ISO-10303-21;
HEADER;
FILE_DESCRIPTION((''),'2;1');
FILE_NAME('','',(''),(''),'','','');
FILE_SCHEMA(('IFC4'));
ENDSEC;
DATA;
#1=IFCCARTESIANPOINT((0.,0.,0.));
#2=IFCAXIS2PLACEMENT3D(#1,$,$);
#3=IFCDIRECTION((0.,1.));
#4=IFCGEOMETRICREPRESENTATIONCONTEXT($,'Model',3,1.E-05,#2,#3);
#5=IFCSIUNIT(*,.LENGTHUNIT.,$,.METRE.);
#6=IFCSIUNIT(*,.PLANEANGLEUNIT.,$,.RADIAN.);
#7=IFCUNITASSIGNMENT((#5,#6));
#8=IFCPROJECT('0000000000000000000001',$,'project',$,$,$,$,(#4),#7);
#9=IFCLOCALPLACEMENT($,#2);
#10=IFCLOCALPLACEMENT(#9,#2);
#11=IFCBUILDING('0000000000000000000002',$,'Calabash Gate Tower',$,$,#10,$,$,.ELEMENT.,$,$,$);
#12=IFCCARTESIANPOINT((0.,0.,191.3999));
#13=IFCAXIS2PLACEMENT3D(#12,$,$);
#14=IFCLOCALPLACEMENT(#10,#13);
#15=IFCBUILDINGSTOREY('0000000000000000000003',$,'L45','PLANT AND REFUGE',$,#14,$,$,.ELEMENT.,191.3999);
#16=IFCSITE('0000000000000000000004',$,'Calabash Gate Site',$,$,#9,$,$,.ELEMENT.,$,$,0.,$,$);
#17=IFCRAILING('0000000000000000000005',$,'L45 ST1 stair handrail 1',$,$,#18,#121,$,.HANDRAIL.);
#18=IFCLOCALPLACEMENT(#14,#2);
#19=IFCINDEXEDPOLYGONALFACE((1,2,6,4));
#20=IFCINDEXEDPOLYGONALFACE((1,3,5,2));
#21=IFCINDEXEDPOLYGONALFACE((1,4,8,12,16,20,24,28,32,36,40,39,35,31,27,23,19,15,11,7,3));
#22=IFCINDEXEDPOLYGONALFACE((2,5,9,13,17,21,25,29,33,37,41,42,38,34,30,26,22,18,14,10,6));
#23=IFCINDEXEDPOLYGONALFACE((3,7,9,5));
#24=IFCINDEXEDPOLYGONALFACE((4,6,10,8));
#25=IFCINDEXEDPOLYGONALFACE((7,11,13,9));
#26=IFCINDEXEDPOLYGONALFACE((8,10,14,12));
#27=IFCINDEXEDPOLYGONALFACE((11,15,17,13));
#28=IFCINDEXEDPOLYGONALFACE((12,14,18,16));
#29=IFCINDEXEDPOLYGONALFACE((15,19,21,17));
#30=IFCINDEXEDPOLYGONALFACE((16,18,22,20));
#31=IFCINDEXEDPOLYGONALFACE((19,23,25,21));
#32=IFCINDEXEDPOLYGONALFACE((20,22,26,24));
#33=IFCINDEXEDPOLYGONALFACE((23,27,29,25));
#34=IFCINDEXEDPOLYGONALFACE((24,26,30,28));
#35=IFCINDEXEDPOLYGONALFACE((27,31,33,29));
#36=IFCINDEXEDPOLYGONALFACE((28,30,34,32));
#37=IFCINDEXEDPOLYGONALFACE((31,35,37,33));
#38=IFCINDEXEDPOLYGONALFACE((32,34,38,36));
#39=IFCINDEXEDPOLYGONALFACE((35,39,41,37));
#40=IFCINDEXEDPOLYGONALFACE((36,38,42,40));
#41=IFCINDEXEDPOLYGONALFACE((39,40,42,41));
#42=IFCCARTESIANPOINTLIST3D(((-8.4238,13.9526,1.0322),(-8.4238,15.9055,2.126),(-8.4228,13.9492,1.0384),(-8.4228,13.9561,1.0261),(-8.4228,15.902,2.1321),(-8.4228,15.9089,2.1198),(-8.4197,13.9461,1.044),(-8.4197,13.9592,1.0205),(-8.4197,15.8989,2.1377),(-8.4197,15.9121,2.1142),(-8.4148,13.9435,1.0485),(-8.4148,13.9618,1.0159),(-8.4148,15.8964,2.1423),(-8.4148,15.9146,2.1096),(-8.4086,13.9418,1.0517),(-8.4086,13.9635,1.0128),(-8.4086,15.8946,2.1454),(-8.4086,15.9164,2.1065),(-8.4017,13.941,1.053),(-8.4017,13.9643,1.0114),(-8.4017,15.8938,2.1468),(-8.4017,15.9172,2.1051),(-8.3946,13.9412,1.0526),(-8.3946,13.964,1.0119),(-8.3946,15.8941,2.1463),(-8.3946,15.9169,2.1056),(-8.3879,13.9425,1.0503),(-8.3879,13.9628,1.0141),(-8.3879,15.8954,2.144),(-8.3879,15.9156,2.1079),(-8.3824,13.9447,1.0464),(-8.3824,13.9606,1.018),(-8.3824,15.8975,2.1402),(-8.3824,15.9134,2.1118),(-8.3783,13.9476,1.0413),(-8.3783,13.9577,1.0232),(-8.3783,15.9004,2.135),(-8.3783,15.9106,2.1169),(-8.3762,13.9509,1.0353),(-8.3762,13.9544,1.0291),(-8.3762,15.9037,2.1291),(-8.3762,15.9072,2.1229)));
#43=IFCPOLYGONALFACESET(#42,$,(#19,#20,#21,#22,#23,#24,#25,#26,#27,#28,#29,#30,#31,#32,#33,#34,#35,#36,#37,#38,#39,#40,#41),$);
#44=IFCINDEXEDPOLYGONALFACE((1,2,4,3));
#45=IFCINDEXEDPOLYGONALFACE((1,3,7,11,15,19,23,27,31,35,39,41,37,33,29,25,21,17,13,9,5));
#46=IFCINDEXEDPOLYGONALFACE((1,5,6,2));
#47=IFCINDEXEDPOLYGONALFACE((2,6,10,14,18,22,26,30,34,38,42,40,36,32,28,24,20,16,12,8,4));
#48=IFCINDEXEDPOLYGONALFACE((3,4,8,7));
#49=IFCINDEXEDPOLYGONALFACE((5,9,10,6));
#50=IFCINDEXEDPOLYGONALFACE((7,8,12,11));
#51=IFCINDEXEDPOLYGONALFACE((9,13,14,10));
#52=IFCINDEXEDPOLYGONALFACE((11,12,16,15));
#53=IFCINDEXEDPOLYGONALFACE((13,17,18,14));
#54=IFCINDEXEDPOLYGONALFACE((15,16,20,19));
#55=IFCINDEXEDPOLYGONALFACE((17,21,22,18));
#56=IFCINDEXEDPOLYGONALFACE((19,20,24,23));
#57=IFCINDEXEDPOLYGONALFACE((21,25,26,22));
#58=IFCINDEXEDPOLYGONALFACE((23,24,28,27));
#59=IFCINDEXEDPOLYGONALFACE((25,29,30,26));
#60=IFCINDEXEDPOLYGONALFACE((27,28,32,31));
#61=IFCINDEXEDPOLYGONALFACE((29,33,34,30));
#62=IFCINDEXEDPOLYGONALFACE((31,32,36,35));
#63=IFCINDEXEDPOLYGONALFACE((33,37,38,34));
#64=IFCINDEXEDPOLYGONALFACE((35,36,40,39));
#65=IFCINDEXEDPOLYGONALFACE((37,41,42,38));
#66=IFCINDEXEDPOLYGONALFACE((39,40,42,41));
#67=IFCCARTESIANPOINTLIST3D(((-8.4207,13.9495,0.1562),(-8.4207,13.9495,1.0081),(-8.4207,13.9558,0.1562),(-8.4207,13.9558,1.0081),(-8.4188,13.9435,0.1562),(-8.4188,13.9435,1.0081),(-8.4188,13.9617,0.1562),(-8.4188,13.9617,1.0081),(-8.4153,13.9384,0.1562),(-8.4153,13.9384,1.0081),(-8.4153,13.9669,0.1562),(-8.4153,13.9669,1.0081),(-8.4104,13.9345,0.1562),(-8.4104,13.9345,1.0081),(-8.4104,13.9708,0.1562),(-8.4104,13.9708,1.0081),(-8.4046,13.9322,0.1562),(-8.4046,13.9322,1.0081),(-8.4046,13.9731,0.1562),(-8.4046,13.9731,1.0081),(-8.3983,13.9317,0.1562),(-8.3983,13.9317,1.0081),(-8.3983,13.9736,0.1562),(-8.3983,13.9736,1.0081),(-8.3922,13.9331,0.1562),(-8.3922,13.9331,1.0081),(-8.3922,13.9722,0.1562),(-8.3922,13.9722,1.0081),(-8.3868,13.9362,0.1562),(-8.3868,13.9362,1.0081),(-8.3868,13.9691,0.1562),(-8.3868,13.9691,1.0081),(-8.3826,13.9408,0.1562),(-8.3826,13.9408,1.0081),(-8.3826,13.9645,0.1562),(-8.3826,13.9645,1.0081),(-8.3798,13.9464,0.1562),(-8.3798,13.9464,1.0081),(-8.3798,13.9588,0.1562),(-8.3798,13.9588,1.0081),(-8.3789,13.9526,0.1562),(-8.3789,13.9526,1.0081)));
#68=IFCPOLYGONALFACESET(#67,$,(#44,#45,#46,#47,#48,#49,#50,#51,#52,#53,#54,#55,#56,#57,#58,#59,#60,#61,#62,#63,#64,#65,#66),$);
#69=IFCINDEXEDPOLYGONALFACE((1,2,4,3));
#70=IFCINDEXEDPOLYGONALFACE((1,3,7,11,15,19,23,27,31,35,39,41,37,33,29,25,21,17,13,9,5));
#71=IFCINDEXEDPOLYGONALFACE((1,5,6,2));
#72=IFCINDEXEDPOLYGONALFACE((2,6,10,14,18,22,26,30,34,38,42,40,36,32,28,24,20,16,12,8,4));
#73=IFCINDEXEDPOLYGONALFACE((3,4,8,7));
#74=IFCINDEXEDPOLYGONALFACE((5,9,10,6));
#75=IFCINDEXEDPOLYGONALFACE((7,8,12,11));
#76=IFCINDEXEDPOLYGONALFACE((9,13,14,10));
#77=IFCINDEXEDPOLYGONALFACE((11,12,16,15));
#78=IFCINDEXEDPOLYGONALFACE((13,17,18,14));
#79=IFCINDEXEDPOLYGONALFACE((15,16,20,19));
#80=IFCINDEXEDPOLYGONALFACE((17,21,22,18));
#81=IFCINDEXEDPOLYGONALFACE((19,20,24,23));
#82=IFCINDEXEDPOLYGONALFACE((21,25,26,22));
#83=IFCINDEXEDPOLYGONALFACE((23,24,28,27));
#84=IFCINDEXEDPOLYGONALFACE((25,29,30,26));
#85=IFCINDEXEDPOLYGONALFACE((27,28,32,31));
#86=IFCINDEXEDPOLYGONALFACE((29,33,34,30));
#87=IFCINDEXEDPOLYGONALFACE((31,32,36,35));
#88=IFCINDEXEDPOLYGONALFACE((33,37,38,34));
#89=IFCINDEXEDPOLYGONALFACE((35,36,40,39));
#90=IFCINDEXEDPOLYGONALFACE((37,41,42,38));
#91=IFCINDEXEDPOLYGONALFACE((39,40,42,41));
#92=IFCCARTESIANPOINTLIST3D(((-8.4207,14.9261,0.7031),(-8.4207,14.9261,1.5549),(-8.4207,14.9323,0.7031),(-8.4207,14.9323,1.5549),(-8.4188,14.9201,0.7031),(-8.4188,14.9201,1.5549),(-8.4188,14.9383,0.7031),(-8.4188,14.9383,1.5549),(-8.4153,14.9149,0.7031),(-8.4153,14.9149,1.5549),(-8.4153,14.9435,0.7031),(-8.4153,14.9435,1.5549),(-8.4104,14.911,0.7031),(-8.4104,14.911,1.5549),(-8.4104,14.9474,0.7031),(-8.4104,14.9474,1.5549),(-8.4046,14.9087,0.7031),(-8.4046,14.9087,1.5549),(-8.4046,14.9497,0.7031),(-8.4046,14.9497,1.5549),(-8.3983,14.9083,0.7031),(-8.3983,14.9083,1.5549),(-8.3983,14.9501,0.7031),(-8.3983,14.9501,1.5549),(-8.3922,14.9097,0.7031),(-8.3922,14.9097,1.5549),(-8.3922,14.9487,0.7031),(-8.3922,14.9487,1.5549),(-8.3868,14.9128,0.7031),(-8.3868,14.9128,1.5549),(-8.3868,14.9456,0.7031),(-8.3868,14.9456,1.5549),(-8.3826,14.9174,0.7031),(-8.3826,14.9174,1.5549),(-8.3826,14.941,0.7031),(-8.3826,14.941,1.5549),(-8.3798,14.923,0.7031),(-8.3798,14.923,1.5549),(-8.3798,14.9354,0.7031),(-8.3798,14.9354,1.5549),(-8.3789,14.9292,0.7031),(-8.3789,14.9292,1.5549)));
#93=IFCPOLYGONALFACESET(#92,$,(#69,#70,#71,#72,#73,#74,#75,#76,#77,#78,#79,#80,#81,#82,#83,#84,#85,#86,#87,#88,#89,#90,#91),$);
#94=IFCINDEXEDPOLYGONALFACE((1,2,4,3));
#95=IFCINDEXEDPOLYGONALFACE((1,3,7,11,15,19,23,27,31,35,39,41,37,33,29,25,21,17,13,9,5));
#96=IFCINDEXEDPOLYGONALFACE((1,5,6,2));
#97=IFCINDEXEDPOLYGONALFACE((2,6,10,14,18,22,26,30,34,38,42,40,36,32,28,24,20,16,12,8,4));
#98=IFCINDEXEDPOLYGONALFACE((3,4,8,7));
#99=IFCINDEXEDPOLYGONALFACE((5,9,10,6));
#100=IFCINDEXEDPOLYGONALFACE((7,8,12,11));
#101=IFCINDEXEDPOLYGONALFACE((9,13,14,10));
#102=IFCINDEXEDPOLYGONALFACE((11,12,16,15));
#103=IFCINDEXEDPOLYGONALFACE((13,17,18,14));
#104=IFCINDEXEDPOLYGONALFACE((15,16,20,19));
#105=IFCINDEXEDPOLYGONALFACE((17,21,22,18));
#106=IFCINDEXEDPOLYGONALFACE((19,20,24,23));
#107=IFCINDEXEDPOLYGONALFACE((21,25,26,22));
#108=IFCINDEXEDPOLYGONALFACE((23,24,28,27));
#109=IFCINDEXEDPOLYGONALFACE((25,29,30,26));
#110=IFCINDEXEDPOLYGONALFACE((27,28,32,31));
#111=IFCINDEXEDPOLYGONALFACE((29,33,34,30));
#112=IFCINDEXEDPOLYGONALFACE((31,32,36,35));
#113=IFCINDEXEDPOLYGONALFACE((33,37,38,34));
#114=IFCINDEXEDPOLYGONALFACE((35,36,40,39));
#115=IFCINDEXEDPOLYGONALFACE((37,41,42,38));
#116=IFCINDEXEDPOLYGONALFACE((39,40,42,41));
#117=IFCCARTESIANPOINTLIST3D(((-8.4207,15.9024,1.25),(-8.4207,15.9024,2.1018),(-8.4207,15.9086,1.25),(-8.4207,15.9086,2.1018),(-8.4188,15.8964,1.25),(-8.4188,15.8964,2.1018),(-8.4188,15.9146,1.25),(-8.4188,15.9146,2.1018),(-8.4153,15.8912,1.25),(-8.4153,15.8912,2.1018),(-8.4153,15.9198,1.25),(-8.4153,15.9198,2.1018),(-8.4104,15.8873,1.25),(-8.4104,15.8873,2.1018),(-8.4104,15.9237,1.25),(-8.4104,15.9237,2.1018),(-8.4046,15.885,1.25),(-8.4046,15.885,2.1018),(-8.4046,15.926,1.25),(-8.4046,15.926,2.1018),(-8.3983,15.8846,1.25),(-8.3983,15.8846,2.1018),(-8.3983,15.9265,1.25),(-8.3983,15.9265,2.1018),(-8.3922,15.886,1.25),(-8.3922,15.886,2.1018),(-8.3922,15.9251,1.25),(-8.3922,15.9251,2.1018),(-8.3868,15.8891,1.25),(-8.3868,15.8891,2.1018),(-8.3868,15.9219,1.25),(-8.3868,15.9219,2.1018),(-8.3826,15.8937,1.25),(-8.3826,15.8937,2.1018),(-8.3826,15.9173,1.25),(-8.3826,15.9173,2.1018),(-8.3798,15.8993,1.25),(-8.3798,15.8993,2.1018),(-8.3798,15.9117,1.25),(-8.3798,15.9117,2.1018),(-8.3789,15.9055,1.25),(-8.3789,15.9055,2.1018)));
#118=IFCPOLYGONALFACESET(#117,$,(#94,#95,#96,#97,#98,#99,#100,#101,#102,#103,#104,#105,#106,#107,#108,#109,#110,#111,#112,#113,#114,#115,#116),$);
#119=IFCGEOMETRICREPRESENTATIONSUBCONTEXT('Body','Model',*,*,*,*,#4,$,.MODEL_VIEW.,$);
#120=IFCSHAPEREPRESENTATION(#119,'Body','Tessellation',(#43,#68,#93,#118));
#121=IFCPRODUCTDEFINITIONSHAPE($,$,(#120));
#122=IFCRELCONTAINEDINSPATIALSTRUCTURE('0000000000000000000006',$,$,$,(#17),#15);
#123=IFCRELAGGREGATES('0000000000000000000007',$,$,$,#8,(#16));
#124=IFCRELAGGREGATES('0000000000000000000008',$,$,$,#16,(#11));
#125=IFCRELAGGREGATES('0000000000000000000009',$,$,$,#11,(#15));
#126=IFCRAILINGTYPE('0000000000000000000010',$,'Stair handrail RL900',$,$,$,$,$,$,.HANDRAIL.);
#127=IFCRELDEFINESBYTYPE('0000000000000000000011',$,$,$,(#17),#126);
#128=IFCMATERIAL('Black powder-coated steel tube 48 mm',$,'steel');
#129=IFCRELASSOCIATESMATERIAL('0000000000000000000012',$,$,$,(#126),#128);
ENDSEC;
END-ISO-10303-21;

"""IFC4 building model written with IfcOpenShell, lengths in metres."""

from ifc_helpers import new_model, si_unit, direction, frame, origin, origin_2d, place, context, subcontext, project, spatial, circle, extrude, material, type_object, element, save


model = new_model("IFC4")

# Units and contexts
model_context = context("Model", 3, precision=1e-05, world=origin(), true_north=direction((0.0, 1.0)))
body_context = subcontext(model_context, "Body", "Model", "MODEL_VIEW")
ifc_project = project(units=[si_unit("LENGTHUNIT", "METRE"), si_unit("PLANEANGLEUNIT", "RADIAN")], contexts=[model_context])

# Site, building, storey
site_placement = place(None, origin())
site = spatial("IfcSite", under=ifc_project, at=site_placement, Name="Calabash Gate Site", CompositionType="ELEMENT", RefElevation=0.0)
building_placement = place(site_placement, origin())
building = spatial("IfcBuilding", under=site, at=building_placement, Name="Calabash Gate Tower", CompositionType="ELEMENT")
storey_placement = place(building_placement, frame((0.0, 0.0, 191.3999)))
storey = spatial("IfcBuildingStorey", under=building, at=storey_placement, Name="L45", Description="PLANT AND REFUGE", CompositionType="ELEMENT", Elevation=191.3999)

# Railing
ifc_material_1 = material(Name="Black powder-coated steel tube 48 mm", Category="steel")
railing_type_1 = type_object("IfcRailingType", Name="Stair handrail RL900", PredefinedType="HANDRAIL", material=ifc_material_1)
railing_1_placement = place(storey_placement, frame((-8.3999, 13.9526, 0.1562)))
element("IfcRailing", 1, at=railing_1_placement, inside=storey, type_object=railing_type_1, Name="L45 ST1 stair handrail 1", PredefinedType="HANDRAIL", context=body_context, shape_type="SweptSolid", body=[
    extrude(circle(Radius=0.0239, at=origin_2d()), frame((0.0, 0.0, 0.876), z_axis=(0.0, 0.87248, 0.48865), x_axis=(-1.0, 0.0, 0.0)), (0.0, 0.0, 1.0), 2.2383),
    extrude(circle(Radius=0.021, at=origin_2d()), origin(), (0.0, 0.0, 1.0), 0.8518),
    extrude(circle(Radius=0.021, at=origin_2d()), frame((0.0, 0.9766, 0.5469)), (0.0, 0.0, 1.0), 0.8518),
    extrude(circle(Radius=0.021, at=origin_2d()), frame((0.0, 1.9529, 1.0938)), (0.0, 0.0, 1.0), 0.8518),
])

save(model, "model.ifc")
